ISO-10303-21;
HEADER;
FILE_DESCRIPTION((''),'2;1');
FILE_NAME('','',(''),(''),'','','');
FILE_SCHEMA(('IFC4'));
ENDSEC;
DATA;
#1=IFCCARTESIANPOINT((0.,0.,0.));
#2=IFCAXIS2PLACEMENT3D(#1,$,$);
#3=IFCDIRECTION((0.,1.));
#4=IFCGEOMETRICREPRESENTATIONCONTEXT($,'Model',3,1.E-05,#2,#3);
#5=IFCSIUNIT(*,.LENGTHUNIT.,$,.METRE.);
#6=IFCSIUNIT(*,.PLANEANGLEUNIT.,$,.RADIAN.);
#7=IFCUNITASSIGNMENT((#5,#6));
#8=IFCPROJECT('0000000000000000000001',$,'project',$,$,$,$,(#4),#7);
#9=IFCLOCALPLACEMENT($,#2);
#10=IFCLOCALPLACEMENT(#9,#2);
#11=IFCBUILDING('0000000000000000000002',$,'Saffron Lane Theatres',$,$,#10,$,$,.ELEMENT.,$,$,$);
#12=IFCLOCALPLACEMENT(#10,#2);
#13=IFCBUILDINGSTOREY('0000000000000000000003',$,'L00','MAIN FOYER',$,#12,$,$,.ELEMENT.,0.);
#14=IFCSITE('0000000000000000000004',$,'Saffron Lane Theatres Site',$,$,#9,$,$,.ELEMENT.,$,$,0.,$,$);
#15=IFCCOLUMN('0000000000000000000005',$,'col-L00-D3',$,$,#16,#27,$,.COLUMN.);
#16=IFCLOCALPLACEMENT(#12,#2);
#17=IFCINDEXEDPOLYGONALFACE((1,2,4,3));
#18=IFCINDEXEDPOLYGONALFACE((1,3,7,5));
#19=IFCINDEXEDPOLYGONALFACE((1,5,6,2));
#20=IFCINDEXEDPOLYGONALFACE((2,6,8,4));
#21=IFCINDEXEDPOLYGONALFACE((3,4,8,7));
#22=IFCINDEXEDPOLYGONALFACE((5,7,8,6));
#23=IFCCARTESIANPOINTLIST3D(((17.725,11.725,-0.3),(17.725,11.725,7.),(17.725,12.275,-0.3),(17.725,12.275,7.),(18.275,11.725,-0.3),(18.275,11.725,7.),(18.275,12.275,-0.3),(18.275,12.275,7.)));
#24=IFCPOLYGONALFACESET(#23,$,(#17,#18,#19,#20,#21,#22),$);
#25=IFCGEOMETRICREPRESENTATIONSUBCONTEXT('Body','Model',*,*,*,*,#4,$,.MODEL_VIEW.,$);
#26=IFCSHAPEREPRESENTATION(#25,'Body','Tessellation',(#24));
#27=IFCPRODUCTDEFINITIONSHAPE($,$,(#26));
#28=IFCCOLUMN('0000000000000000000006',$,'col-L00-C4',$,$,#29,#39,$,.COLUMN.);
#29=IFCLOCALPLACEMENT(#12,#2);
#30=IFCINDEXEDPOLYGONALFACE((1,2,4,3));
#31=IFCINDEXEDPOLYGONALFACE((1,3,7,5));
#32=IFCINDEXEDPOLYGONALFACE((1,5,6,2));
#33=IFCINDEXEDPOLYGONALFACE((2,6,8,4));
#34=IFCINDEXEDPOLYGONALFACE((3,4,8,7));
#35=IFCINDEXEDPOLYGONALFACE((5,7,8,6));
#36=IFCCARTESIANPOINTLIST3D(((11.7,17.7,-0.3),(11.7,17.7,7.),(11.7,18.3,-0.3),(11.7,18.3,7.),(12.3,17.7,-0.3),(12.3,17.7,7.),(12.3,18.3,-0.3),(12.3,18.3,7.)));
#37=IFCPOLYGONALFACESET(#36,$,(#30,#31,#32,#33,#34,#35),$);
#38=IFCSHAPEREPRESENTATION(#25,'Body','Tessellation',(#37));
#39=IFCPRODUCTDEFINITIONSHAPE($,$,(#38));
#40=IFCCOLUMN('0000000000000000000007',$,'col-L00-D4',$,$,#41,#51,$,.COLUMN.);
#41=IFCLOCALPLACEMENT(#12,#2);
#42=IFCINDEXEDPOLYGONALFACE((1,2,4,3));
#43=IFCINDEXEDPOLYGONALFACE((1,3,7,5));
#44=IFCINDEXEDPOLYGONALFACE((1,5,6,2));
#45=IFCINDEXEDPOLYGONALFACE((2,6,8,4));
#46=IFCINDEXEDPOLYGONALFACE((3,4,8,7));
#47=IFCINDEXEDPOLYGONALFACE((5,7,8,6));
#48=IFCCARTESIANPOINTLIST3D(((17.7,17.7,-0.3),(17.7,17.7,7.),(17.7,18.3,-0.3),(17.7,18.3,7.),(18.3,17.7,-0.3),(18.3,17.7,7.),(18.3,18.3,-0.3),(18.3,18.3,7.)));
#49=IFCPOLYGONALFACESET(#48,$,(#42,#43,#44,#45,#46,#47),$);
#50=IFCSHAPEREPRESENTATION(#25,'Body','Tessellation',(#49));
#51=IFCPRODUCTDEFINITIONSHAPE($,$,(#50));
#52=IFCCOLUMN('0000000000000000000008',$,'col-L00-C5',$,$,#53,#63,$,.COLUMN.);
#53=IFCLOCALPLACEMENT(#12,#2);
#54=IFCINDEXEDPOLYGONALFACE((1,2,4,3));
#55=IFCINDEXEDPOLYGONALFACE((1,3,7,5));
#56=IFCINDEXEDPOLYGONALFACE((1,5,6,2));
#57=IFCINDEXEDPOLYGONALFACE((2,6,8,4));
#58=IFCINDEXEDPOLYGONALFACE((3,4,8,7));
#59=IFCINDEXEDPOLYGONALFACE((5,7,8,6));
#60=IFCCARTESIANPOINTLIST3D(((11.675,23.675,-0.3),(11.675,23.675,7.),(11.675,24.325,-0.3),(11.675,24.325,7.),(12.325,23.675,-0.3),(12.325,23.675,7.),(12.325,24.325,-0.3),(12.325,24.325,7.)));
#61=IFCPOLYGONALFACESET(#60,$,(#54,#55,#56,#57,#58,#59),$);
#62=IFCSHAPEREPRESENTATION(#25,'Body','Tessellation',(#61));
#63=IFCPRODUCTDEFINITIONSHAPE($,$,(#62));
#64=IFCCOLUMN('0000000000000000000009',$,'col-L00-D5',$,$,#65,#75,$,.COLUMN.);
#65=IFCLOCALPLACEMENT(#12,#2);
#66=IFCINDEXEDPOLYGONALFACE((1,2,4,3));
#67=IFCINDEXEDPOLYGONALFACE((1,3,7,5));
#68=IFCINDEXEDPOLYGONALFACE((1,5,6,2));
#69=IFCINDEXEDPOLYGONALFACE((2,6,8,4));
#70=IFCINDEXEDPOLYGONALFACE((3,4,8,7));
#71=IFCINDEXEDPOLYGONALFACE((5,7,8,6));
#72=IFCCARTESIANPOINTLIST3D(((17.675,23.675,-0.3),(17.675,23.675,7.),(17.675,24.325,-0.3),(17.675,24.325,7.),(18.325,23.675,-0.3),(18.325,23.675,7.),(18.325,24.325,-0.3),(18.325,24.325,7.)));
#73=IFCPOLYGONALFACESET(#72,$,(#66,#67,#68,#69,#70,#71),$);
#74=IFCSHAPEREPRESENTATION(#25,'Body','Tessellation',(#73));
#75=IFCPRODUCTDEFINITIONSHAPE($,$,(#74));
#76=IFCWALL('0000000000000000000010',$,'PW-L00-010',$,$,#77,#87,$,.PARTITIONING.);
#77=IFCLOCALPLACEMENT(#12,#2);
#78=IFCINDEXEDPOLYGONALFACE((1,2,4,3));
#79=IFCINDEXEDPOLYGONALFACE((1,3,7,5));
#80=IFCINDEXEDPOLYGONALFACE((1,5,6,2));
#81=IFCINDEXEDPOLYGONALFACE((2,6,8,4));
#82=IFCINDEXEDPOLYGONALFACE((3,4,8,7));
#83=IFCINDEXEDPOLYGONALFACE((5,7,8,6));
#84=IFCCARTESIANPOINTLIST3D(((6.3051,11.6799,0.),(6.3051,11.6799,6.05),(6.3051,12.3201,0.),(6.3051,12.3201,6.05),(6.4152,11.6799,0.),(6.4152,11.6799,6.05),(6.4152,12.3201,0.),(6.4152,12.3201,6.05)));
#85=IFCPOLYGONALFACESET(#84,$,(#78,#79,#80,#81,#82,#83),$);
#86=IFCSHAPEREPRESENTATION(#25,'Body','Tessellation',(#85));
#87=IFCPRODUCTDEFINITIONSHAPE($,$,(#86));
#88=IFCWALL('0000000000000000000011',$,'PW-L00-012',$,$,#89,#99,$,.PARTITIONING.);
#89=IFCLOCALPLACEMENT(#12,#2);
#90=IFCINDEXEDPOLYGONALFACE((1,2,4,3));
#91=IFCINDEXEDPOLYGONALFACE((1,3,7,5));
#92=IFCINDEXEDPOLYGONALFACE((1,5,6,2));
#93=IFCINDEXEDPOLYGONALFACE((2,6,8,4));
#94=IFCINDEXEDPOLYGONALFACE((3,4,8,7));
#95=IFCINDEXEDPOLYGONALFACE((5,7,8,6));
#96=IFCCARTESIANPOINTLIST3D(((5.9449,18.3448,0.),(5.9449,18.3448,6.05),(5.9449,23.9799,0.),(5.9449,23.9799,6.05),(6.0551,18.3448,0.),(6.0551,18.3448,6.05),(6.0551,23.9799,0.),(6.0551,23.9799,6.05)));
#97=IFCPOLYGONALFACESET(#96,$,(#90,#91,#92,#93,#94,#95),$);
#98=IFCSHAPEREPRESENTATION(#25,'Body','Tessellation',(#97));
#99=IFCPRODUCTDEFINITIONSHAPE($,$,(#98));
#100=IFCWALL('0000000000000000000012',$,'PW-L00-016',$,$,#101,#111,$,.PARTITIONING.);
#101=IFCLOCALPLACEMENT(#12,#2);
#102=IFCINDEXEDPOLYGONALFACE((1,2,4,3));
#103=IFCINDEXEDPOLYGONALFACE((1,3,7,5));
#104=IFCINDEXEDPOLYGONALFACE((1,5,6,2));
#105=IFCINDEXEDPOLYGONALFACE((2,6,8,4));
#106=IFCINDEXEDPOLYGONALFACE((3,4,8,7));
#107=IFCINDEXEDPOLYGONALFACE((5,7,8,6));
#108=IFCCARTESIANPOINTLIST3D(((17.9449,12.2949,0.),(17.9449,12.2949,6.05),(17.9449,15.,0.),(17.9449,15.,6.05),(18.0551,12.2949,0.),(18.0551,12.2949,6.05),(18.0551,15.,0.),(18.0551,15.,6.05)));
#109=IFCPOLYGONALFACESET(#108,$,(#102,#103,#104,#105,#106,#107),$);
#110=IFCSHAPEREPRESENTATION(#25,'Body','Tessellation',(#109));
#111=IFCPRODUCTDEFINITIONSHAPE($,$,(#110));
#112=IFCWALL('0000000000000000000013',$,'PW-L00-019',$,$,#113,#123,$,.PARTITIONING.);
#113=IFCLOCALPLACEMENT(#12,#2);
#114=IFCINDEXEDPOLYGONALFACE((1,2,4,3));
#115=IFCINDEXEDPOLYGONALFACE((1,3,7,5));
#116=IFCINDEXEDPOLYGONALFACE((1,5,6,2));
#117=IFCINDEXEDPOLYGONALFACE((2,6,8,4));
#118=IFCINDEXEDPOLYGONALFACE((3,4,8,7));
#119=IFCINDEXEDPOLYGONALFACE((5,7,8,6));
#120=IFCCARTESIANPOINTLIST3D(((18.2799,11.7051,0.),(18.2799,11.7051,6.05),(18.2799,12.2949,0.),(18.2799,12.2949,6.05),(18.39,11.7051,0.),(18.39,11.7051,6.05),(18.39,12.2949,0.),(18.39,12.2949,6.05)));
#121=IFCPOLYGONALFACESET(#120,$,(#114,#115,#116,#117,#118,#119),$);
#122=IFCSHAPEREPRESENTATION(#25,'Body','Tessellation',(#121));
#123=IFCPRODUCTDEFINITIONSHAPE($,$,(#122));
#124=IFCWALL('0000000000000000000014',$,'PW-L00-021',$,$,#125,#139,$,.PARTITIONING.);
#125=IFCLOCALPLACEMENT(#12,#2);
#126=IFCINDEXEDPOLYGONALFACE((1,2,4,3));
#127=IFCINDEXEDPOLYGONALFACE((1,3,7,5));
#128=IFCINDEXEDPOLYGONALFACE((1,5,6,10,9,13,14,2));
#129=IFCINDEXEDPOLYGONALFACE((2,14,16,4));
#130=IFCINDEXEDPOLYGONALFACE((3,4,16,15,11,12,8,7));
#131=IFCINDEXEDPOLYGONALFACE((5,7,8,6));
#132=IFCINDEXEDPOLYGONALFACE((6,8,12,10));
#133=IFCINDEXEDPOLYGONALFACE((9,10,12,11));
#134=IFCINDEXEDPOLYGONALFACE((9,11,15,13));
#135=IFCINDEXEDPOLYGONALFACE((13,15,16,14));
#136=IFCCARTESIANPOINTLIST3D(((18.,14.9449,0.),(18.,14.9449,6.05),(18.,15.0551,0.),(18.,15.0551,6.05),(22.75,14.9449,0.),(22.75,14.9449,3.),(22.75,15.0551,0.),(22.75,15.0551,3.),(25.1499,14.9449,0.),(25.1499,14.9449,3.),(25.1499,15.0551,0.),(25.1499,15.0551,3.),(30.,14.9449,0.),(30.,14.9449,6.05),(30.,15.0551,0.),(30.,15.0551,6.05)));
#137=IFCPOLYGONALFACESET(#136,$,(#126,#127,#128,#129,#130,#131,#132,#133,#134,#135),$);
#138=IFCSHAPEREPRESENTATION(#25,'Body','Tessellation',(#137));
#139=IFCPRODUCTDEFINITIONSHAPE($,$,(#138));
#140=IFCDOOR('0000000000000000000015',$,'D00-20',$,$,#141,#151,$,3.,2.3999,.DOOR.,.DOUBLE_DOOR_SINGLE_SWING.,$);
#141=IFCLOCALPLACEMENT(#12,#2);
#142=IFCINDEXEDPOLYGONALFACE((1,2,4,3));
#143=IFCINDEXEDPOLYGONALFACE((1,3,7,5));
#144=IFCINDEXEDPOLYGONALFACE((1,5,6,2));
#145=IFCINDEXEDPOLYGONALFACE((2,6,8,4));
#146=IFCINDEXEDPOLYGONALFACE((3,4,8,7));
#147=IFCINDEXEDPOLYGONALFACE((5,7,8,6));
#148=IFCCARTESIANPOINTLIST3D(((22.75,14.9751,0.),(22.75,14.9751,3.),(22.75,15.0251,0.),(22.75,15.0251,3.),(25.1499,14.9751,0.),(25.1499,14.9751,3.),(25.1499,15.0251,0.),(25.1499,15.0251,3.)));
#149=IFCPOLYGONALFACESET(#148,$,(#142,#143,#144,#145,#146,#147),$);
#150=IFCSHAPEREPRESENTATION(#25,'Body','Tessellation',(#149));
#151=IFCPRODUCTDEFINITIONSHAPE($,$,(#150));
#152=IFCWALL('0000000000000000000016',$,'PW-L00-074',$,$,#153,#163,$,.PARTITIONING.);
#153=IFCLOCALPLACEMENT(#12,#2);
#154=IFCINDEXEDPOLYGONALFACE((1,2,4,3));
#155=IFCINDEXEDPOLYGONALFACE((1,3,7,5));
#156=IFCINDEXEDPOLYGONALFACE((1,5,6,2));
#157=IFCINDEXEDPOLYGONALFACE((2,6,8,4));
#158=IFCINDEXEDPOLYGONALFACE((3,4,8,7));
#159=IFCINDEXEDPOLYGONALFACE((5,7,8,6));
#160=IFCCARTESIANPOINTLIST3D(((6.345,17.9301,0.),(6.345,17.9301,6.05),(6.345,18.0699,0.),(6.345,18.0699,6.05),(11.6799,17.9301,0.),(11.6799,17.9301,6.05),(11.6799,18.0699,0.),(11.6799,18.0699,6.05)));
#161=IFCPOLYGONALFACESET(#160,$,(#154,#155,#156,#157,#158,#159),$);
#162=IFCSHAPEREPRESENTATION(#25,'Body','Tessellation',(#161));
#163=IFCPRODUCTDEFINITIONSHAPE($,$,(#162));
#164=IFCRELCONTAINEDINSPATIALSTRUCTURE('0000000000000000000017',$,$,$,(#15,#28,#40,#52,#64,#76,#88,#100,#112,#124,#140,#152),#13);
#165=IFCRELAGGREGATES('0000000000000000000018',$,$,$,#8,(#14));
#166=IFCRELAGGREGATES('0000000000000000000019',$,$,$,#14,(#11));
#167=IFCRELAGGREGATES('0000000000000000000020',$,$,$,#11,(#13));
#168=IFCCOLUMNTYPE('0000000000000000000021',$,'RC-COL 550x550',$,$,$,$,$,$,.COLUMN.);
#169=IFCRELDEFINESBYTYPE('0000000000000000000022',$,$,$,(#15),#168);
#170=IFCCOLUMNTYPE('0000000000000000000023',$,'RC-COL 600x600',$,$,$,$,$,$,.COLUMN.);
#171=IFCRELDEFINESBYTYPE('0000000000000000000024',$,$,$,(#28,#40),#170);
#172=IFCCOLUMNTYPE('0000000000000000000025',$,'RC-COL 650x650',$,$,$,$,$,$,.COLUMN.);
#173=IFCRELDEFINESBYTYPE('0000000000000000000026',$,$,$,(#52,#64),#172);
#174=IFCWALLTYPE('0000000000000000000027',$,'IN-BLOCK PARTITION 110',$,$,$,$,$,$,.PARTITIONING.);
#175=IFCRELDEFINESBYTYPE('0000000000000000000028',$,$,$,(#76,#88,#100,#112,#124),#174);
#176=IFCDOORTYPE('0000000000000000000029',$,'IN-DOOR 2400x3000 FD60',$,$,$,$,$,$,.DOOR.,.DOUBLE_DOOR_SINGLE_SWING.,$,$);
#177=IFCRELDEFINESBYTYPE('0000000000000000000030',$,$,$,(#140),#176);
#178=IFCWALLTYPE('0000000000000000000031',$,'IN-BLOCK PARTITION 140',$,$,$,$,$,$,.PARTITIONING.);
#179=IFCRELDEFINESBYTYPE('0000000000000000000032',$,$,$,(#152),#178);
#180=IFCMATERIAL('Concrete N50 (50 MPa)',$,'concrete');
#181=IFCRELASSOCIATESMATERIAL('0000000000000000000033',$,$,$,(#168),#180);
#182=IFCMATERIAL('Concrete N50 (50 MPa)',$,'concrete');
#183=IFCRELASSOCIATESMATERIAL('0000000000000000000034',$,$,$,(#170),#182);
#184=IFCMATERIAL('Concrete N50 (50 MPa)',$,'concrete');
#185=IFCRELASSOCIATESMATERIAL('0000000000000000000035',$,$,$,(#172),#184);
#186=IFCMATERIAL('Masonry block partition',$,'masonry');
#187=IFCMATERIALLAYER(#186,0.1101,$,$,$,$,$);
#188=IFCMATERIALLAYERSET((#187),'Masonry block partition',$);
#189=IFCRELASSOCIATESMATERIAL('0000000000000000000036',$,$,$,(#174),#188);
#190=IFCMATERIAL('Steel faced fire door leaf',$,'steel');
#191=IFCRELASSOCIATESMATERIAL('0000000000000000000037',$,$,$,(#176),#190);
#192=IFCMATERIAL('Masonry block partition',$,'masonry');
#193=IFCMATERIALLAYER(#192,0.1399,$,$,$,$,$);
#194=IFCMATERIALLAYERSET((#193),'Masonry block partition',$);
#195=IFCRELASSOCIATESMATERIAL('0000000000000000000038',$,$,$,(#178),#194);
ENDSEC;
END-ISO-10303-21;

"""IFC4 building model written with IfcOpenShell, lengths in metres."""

from ifc_helpers import new_model, si_unit, direction, frame, frame_2d, origin, origin_2d, place, context, subcontext, project, spatial, rectangle, extrude, material, layer, layer_set, material_profile, profile_set, type_object, element, fill, save


model = new_model("IFC4")

# Units and contexts
model_context = context("Model", 3, precision=1e-05, world=origin(), true_north=direction((0.0, 1.0)))
body_context = subcontext(model_context, "Body", "Model", "MODEL_VIEW")
ifc_project = project(units=[si_unit("LENGTHUNIT", "METRE"), si_unit("PLANEANGLEUNIT", "RADIAN")], contexts=[model_context])

# Site, building, storey
site_placement = place(None, origin())
site = spatial("IfcSite", under=ifc_project, at=site_placement, Name="Saffron Lane Theatres Site", CompositionType="ELEMENT", RefElevation=0.0)
building_placement = place(site_placement, origin())
building = spatial("IfcBuilding", under=site, at=building_placement, Name="Saffron Lane Theatres", CompositionType="ELEMENT")
storey_placement = place(building_placement, origin())
storey = spatial("IfcBuildingStorey", under=building, at=storey_placement, Name="L00", Description="MAIN FOYER", CompositionType="ELEMENT", Elevation=0.0)

# Columns
ifc_material_1 = material(Name="Concrete N50 (50 MPa)", Category="concrete")
ifc_material_profile_1 = material_profile(ifc_material_1, rectangle(XDim=0.55, YDim=0.55, at=origin_2d()))
ifc_profile_set_1 = profile_set([ifc_material_profile_1], Name="Concrete N50 (50 MPa)")
column_type_1 = type_object("IfcColumnType", Name="RC-COL 550x550", PredefinedType="COLUMN", material=ifc_profile_set_1)
for number, where, z_axis, x_axis, name in (
    (1, (18.0, 12.0, -0.3), (0.0, 0.0, 1.0), (1.0, 0.0, 0.0), "col-L00-D3"),
):
    element("IfcColumn", number, at=place(storey_placement, frame(where, z_axis=z_axis, x_axis=x_axis)), inside=storey, type_object=column_type_1, Name=name, PredefinedType="COLUMN", context=body_context, shape_type="SweptSolid", body=[
        extrude(rectangle(XDim=0.55, YDim=0.55, at=origin_2d()), origin(), (0.0, 0.0, 1.0), 7.3),
    ])
ifc_material_2 = material(Name="Concrete N50 (50 MPa)", Category="concrete")
ifc_material_profile_2 = material_profile(ifc_material_2, rectangle(XDim=0.6001, YDim=0.6001, at=origin_2d()))
ifc_profile_set_2 = profile_set([ifc_material_profile_2], Name="Concrete N50 (50 MPa)")
column_type_2 = type_object("IfcColumnType", Name="RC-COL 600x600", PredefinedType="COLUMN", material=ifc_profile_set_2)
for number, where, z_axis, x_axis, name in (
    (2, (12.0, 18.0, -0.3), (0.0, 0.0, 1.0), (1.0, 0.0, 0.0), "col-L00-C4"),
    (3, (18.0, 18.0, -0.3), (0.0, 0.0, 1.0), (1.0, 0.0, 0.0), "col-L00-D4"),
):
    element("IfcColumn", number, at=place(storey_placement, frame(where, z_axis=z_axis, x_axis=x_axis)), inside=storey, type_object=column_type_2, Name=name, PredefinedType="COLUMN", context=body_context, shape_type="SweptSolid", body=[
        extrude(rectangle(XDim=0.6001, YDim=0.6001, at=origin_2d()), origin(), (0.0, 0.0, 1.0), 7.3),
    ])
ifc_material_3 = material(Name="Concrete N50 (50 MPa)", Category="concrete")
ifc_material_profile_3 = material_profile(ifc_material_3, rectangle(XDim=0.6499, YDim=0.6499, at=origin_2d()))
ifc_profile_set_3 = profile_set([ifc_material_profile_3], Name="Concrete N50 (50 MPa)")
column_type_3 = type_object("IfcColumnType", Name="RC-COL 650x650", PredefinedType="COLUMN", material=ifc_profile_set_3)
for number, where, z_axis, x_axis, name in (
    (4, (12.0, 24.0, -0.3), (0.0, 0.0, 1.0), (1.0, 0.0, 0.0), "col-L00-C5"),
    (5, (18.0, 24.0, -0.3), (0.0, 0.0, 1.0), (1.0, 0.0, 0.0), "col-L00-D5"),
):
    element("IfcColumn", number, at=place(storey_placement, frame(where, z_axis=z_axis, x_axis=x_axis)), inside=storey, type_object=column_type_3, Name=name, PredefinedType="COLUMN", context=body_context, shape_type="SweptSolid", body=[
        extrude(rectangle(XDim=0.6499, YDim=0.6499, at=origin_2d()), origin(), (0.0, 0.0, 1.0), 7.3),
    ])

# Walls
ifc_material_4 = material(Name="Masonry block partition", Category="masonry")
ifc_layer_1 = layer(ifc_material_4, 0.1101)
ifc_layer_set_1 = layer_set([ifc_layer_1], Name="Masonry block partition")
wall_type_1 = type_object("IfcWallType", Name="IN-BLOCK PARTITION 110", PredefinedType="PARTITIONING", material=ifc_layer_set_1)
wall_1_placement = place(storey_placement, frame((6.3601, 11.6799, 0.0), z_axis=(0.0, 0.0, 1.0), x_axis=(0.0, 1.0, 0.0)))
element("IfcWall", 6, at=wall_1_placement, inside=storey, type_object=wall_type_1, Name="PW-L00-010", PredefinedType="PARTITIONING", context=body_context, shape_type="SweptSolid", body=[
    extrude(rectangle(XDim=0.6401, YDim=0.1101, at=frame_2d((0.3201, 0.0))), origin(), (0.0, 0.0, 1.0), 6.05),
])
wall_2_placement = place(storey_placement, frame((6.0, 18.345, 0.0), z_axis=(0.0, 0.0, 1.0), x_axis=(0.0, 1.0, 0.0)))
element("IfcWall", 7, at=wall_2_placement, inside=storey, type_object=wall_type_1, Name="PW-L00-012", PredefinedType="PARTITIONING", context=body_context, shape_type="SweptSolid", body=[
    extrude(rectangle(XDim=5.635, YDim=0.1101, at=frame_2d((2.8174, 0.0))), origin(), (0.0, 0.0, 1.0), 6.05),
])
wall_3_placement = place(storey_placement, frame((18.0, 12.2949, 0.0), z_axis=(0.0, 0.0, 1.0), x_axis=(0.0, 1.0, 0.0)))
element("IfcWall", 8, at=wall_3_placement, inside=storey, type_object=wall_type_1, Name="PW-L00-016", PredefinedType="PARTITIONING", context=body_context, shape_type="SweptSolid", body=[
    extrude(rectangle(XDim=2.7051, YDim=0.1101, at=frame_2d((1.3525, 0.0))), origin(), (0.0, 0.0, 1.0), 6.05),
])
wall_4_placement = place(storey_placement, frame((18.335, 11.7051, 0.0), z_axis=(0.0, 0.0, 1.0), x_axis=(0.0, 1.0, 0.0)))
element("IfcWall", 9, at=wall_4_placement, inside=storey, type_object=wall_type_1, Name="PW-L00-019", PredefinedType="PARTITIONING", context=body_context, shape_type="SweptSolid", body=[
    extrude(rectangle(XDim=0.5898, YDim=0.1101, at=frame_2d((0.2949, 0.0))), origin(), (0.0, 0.0, 1.0), 6.05),
])

# Wall, opening, door
wall_5_placement = place(storey_placement, frame((18.0, 15.0, 0.0), z_axis=(0.0, 0.0, 1.0), x_axis=(1.0, 0.0, 0.0)))
wall_5 = element("IfcWall", 10, at=wall_5_placement, inside=storey, type_object=wall_type_1, Name="PW-L00-021", PredefinedType="PARTITIONING", context=body_context, shape_type="SweptSolid", body=[
    extrude(rectangle(XDim=12.0, YDim=0.1101, at=frame_2d((6.0, 0.0))), origin(), (0.0, 0.0, 1.0), 6.05),
])
opening_1_placement = place(wall_5_placement, frame((4.75, 0.0, 0.0)))
opening_1 = element("IfcOpeningElement", 11, at=opening_1_placement, cuts=wall_5, PredefinedType="OPENING", context=body_context, shape_type="SweptSolid", body=[
    extrude(rectangle(XDim=2.3999, YDim=3.0, at=frame_2d((1.2, 1.5))), frame((0.0, 0.0649, 0.0), z_axis=(0.0, -1.0, 0.0), x_axis=(1.0, 0.0, 0.0)), (0.0, 0.0, 1.0), 0.1301),
])
ifc_material_5 = material(Name="Steel faced fire door leaf", Category="steel")
door_type_1 = type_object("IfcDoorType", Name="IN-DOOR 2400x3000 FD60", OperationType="DOUBLE_DOOR_SINGLE_SWING", PredefinedType="DOOR", material=ifc_material_5)
door_1_placement = place(opening_1_placement, frame((2.3999, 0.0, 0.0), z_axis=(0.0, 0.0, 1.0), x_axis=(-1.0, 0.0, 0.0)))
door_1 = element("IfcDoor", 12, at=door_1_placement, inside=storey, type_object=door_type_1, Name="D00-20", OperationType="DOUBLE_DOOR_SINGLE_SWING", OverallHeight=3.0, OverallWidth=2.3999, PredefinedType="DOOR", context=body_context, shape_type="SweptSolid", body=[
    extrude(rectangle(XDim=2.3999, YDim=3.0, at=frame_2d((1.2, 1.5))), frame((0.0, 0.0249, 0.0), z_axis=(0.0, -1.0, 0.0), x_axis=(1.0, 0.0, 0.0)), (0.0, 0.0, 1.0), 0.05),
])
fill(opening_1, door_1)

# Wall
ifc_material_6 = material(Name="Masonry block partition", Category="masonry")
ifc_layer_2 = layer(ifc_material_6, 0.1399)
ifc_layer_set_2 = layer_set([ifc_layer_2], Name="Masonry block partition")
wall_type_2 = type_object("IfcWallType", Name="IN-BLOCK PARTITION 140", PredefinedType="PARTITIONING", material=ifc_layer_set_2)
wall_6_placement = place(storey_placement, frame((6.345, 18.0, 0.0), z_axis=(0.0, 0.0, 1.0), x_axis=(1.0, 0.0, 0.0)))
element("IfcWall", 13, at=wall_6_placement, inside=storey, type_object=wall_type_2, Name="PW-L00-074", PredefinedType="PARTITIONING", context=body_context, shape_type="SweptSolid", body=[
    extrude(rectangle(XDim=5.335, YDim=0.1399, at=frame_2d((2.6675, 0.0))), origin(), (0.0, 0.0, 1.0), 6.05),
])

save(model, "model.ifc")
